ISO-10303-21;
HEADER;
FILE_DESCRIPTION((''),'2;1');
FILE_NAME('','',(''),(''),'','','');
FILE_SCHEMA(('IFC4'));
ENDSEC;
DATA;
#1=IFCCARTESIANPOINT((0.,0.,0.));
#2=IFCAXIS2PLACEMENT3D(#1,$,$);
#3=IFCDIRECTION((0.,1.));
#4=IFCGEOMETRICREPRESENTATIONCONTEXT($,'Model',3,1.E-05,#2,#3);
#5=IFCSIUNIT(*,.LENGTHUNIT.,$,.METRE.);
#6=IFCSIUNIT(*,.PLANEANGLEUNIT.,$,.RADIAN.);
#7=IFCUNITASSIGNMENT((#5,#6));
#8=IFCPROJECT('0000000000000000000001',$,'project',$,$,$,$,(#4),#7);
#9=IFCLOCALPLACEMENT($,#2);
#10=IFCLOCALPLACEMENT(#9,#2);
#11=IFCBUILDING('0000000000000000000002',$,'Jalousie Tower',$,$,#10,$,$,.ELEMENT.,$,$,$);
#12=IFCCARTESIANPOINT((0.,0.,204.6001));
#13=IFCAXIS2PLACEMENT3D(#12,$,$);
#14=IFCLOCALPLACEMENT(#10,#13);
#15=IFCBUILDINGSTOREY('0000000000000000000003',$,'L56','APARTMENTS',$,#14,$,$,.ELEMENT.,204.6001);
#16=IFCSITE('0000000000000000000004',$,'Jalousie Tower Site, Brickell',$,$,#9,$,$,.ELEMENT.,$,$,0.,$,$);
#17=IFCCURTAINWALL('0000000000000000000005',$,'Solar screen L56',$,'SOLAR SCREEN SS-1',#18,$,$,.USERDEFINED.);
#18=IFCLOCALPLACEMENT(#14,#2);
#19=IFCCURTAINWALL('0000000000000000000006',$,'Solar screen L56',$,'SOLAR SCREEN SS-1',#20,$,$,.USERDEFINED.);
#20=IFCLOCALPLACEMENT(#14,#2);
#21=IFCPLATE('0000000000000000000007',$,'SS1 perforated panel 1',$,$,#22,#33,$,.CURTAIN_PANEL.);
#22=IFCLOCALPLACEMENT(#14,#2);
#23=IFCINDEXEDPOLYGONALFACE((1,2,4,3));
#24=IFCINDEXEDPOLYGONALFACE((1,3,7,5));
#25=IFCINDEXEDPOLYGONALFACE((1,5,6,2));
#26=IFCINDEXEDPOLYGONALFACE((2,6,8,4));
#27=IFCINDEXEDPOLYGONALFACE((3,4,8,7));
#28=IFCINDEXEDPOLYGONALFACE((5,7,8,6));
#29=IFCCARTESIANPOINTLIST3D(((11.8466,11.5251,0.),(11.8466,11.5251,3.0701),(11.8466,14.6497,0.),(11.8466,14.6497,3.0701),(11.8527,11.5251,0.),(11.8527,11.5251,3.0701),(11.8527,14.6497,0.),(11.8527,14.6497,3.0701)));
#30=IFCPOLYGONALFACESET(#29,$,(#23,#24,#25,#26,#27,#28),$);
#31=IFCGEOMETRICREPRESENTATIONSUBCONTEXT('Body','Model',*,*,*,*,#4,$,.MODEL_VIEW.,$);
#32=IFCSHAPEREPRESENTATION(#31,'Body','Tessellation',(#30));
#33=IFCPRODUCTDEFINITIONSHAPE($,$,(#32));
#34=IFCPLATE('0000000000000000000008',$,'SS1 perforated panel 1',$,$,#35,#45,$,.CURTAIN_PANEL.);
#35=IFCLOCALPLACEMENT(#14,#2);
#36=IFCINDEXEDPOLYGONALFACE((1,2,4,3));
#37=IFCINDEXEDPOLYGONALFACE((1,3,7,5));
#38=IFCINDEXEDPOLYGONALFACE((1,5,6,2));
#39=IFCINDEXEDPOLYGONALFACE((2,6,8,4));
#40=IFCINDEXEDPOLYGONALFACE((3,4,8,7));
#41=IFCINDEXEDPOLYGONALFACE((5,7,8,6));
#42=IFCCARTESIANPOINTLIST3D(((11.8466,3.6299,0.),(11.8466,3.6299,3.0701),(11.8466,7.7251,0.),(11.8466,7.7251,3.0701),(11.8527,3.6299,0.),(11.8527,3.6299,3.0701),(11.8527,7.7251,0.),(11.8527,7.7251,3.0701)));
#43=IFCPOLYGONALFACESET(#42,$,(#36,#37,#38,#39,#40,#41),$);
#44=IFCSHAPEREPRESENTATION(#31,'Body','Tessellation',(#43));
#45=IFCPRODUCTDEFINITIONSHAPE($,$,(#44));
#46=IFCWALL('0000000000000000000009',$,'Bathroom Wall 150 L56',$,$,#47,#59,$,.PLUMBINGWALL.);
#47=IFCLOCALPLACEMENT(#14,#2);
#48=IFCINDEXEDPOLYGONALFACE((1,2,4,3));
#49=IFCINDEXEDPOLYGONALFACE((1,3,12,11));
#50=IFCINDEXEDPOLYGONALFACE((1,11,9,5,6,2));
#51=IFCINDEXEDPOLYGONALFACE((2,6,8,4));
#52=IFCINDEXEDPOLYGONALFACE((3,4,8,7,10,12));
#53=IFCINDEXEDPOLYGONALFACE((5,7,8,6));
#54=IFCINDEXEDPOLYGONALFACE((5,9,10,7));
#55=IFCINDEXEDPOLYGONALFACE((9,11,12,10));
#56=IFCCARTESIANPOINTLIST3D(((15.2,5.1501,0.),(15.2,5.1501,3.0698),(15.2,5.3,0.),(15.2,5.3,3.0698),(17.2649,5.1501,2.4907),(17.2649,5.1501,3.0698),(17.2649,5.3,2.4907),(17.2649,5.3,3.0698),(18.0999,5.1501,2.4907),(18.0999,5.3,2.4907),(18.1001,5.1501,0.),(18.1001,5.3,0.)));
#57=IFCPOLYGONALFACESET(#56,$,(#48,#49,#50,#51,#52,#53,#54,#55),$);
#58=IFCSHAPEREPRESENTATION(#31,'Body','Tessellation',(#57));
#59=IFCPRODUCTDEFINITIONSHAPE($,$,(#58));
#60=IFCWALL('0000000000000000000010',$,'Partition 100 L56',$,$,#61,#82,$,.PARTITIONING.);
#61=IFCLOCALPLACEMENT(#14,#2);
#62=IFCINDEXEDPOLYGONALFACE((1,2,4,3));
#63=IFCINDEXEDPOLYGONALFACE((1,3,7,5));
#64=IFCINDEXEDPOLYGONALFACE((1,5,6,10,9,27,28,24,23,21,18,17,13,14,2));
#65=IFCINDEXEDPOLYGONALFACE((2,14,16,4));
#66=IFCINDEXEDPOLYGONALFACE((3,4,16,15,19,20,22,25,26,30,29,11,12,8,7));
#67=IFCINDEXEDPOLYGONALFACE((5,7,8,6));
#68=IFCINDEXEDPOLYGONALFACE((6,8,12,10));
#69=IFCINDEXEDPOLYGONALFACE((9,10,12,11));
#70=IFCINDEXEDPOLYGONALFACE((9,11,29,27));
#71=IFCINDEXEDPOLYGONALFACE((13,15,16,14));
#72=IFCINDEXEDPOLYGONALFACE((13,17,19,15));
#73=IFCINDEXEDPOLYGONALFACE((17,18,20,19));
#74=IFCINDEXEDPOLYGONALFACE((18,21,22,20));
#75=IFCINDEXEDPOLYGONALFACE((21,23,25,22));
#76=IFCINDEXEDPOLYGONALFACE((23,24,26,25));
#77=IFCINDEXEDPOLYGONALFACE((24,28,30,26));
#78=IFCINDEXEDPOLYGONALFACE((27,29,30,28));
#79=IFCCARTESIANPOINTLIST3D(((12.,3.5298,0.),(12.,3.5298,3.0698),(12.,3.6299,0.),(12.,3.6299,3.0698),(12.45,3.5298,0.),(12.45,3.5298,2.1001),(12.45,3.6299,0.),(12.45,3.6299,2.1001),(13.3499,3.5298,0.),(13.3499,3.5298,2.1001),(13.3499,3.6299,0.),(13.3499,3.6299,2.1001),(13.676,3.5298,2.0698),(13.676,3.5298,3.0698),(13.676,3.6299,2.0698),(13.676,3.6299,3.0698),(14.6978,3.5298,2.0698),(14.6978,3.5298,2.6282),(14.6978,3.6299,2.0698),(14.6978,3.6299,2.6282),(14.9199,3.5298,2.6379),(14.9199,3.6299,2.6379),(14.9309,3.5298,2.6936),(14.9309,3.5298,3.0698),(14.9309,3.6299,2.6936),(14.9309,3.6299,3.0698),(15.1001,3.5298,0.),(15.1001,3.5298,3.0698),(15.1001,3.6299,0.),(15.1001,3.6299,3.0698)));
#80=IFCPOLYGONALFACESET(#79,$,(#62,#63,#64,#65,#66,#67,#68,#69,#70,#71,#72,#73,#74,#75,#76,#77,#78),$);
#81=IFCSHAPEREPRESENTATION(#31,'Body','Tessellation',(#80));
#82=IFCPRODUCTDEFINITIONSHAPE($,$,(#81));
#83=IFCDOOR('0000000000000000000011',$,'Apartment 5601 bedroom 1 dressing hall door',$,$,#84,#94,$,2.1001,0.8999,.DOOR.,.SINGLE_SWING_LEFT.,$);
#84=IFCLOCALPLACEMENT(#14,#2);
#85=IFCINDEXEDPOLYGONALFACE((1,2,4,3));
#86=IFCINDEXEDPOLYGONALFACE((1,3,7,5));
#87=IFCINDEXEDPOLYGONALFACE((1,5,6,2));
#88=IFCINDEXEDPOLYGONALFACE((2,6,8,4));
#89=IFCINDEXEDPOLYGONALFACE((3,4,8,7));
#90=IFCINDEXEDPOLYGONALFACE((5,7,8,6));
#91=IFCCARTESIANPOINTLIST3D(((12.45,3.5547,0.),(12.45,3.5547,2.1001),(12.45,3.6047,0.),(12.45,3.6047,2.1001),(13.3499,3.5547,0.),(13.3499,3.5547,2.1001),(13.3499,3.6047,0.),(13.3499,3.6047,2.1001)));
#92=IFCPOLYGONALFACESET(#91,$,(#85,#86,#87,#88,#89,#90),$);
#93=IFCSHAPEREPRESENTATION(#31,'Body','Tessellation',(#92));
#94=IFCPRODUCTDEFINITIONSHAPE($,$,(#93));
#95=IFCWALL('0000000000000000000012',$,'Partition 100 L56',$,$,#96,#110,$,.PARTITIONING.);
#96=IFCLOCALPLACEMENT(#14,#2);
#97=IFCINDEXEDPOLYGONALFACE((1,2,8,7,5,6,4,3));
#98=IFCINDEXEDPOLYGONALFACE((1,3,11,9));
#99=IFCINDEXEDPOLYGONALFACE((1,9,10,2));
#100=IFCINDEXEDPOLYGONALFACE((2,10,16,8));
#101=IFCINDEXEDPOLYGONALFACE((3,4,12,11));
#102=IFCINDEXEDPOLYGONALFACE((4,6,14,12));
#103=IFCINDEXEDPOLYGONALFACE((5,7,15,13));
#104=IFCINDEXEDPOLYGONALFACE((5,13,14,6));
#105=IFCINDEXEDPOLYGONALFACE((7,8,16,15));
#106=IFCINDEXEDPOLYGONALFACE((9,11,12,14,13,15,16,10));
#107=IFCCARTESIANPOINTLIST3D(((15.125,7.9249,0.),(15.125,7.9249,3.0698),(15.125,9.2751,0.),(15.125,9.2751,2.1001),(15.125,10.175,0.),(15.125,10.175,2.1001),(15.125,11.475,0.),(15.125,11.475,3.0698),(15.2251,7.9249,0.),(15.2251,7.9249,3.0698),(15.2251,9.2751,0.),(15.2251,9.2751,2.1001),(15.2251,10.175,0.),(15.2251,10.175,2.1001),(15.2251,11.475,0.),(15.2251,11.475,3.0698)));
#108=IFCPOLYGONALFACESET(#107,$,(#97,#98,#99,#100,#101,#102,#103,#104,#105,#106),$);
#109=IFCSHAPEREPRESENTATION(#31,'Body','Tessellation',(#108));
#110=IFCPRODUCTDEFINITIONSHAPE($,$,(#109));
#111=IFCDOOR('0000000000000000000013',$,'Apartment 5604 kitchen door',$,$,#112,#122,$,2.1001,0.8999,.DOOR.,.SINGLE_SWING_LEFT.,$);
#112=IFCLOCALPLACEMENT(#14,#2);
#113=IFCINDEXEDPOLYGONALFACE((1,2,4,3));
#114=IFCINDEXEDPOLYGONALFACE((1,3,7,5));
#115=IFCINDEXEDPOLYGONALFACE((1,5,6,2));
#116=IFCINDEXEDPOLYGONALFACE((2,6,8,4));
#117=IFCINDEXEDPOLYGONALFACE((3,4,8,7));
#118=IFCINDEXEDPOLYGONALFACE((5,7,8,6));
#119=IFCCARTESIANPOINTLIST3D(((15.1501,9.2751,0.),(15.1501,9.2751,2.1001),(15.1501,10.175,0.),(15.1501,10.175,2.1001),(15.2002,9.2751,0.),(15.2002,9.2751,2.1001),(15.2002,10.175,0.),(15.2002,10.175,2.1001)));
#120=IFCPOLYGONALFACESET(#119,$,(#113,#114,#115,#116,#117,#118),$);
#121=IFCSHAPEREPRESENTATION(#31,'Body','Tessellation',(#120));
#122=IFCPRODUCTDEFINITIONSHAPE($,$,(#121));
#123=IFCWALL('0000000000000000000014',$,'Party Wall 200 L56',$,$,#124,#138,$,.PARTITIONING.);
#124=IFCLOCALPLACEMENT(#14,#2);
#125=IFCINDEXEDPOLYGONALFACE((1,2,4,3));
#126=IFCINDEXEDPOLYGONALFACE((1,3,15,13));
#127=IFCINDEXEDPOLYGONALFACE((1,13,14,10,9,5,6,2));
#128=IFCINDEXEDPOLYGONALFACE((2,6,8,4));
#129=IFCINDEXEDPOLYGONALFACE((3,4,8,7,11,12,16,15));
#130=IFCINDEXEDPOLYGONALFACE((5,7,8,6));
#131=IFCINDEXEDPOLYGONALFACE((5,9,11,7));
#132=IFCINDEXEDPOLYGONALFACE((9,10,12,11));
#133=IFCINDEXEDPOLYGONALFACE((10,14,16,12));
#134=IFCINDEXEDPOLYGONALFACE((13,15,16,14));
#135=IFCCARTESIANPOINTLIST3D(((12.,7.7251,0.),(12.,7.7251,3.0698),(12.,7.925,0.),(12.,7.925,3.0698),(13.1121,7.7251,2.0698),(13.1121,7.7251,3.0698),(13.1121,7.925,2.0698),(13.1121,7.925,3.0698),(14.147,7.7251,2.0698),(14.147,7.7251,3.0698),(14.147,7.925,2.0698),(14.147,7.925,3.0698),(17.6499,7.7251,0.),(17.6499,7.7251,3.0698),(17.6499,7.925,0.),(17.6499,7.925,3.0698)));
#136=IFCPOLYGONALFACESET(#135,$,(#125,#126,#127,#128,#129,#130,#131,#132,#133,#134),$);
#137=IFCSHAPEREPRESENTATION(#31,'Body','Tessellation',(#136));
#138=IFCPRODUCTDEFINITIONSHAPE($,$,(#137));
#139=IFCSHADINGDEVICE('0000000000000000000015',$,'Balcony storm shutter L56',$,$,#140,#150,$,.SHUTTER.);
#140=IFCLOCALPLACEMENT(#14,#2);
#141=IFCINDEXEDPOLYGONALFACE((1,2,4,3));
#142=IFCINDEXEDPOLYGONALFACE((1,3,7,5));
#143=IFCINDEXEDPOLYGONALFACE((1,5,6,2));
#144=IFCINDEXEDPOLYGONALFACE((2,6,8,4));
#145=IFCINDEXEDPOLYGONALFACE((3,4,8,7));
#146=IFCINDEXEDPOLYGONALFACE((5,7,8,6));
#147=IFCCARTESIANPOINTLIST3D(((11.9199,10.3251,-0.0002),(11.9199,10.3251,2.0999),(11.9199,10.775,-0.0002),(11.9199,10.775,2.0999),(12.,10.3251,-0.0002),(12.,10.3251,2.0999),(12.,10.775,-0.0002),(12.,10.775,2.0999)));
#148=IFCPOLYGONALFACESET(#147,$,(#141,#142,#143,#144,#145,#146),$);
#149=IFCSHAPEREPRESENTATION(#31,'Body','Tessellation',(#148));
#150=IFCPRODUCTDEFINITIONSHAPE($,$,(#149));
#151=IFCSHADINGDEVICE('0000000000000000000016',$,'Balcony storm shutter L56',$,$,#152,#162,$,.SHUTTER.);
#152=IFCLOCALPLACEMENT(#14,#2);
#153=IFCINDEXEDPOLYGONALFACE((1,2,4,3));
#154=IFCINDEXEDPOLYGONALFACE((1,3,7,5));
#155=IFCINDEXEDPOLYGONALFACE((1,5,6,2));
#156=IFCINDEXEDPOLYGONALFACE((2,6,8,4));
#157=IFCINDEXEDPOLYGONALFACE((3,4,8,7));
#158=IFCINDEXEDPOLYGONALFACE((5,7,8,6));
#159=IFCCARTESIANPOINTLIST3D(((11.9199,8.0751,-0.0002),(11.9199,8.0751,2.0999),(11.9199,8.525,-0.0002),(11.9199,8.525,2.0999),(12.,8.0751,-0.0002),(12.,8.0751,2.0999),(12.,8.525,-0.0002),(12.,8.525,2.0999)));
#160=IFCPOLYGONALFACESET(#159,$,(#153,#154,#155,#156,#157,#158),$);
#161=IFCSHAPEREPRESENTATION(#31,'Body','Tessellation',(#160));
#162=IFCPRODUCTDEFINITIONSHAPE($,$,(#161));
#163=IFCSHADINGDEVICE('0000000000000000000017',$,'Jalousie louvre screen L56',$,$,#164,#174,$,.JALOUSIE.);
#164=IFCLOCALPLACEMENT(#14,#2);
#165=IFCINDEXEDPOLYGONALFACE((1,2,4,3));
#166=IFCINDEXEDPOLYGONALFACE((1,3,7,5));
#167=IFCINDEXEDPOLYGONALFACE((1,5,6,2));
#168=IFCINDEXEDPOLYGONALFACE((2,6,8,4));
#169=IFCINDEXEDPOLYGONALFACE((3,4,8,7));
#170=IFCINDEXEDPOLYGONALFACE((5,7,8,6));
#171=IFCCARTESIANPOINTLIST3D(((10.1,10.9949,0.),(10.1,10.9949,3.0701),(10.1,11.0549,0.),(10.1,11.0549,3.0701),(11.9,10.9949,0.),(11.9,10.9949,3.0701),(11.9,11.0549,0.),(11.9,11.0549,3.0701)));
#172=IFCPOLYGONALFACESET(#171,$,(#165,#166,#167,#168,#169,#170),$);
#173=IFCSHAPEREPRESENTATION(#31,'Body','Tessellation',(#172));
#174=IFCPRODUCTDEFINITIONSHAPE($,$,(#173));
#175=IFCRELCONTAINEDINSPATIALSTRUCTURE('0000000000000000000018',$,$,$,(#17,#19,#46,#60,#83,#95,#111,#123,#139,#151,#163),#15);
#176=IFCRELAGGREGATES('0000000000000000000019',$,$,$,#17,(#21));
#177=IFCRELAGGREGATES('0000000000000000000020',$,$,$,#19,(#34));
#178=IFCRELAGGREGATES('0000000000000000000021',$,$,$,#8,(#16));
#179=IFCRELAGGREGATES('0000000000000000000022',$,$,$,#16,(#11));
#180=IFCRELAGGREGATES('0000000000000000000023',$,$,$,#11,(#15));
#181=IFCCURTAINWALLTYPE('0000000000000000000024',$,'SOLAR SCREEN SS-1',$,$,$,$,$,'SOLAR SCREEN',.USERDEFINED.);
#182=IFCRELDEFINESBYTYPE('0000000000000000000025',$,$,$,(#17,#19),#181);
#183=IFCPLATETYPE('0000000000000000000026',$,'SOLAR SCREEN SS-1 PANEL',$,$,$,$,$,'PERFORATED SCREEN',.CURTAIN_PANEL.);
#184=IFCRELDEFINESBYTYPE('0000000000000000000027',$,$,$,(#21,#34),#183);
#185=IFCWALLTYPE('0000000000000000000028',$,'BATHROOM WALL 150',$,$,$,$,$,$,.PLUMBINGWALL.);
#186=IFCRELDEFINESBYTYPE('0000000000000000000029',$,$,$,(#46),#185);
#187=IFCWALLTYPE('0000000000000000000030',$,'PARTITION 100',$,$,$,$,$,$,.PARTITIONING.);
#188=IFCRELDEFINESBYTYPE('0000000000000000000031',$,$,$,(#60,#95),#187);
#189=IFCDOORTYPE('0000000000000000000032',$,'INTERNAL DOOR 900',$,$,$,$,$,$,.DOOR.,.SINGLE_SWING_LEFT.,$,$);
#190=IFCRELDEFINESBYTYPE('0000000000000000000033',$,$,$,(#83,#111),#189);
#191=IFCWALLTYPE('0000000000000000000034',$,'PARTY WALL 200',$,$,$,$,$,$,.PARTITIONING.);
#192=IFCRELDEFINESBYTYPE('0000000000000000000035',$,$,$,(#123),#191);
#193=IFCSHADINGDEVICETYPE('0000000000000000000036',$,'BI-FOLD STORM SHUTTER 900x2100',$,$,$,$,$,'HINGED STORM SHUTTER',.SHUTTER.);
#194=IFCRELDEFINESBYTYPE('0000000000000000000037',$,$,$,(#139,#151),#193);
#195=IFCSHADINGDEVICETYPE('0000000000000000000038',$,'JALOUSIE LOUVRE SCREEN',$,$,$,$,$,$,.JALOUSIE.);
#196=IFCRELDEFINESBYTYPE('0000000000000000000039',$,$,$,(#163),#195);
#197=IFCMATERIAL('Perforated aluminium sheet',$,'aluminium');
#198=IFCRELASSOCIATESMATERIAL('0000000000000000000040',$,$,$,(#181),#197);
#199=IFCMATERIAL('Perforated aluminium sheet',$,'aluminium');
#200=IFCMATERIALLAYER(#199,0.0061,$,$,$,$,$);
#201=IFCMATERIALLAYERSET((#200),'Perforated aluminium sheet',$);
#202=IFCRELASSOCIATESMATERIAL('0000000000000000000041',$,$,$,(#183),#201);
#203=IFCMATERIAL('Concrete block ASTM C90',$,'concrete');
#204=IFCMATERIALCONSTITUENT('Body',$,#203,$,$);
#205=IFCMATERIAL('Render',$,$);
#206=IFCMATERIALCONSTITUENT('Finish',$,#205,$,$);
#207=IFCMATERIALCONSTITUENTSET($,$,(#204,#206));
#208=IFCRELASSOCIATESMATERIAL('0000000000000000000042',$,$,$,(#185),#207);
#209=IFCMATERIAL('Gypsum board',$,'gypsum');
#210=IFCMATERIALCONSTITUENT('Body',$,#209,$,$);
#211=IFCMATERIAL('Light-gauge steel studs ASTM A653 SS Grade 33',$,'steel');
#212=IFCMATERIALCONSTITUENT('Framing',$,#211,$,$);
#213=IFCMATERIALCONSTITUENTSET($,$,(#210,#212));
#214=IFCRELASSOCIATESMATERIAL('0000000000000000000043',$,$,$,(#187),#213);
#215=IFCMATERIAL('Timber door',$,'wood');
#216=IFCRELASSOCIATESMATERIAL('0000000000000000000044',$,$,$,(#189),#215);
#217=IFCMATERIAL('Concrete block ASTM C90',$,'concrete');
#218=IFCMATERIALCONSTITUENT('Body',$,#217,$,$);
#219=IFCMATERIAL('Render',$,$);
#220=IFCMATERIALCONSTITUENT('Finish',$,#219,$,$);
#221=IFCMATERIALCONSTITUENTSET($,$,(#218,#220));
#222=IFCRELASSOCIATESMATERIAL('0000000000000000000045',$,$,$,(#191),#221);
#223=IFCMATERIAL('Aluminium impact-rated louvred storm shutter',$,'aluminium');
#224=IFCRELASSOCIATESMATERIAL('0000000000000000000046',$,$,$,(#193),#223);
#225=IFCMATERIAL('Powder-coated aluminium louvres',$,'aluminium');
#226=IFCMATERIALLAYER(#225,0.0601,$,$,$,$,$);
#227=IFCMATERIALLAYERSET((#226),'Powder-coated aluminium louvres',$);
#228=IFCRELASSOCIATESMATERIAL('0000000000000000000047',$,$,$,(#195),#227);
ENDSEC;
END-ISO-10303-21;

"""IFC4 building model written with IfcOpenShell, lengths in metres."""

from ifc_helpers import new_model, si_unit, direction, frame, frame_2d, origin, origin_2d, place, context, subcontext, project, spatial, polyline, rectangle, outline, extrude, material, layer, layer_set, constituent, constituent_set, type_object, element, fill, aggregate, save


model = new_model("IFC4")

# Units and contexts
model_context = context("Model", 3, precision=1e-05, world=origin(), true_north=direction((0.0, 1.0)))
body_context = subcontext(model_context, "Body", "Model", "MODEL_VIEW")
ifc_project = project(units=[si_unit("LENGTHUNIT", "METRE"), si_unit("PLANEANGLEUNIT", "RADIAN")], contexts=[model_context])

# Site, building, storey
site_placement = place(None, origin())
site = spatial("IfcSite", under=ifc_project, at=site_placement, Name="Jalousie Tower Site, Brickell", CompositionType="ELEMENT", RefElevation=0.0)
building_placement = place(site_placement, origin())
building = spatial("IfcBuilding", under=site, at=building_placement, Name="Jalousie Tower", CompositionType="ELEMENT")
storey_placement = place(building_placement, frame((0.0, 0.0, 204.6001)))
storey = spatial("IfcBuildingStorey", under=building, at=storey_placement, Name="L56", Description="APARTMENTS", CompositionType="ELEMENT", Elevation=204.6001)

# Curtain walls
ifc_material_1 = material(Name="Perforated aluminium sheet", Category="aluminium")
curtain_wall_type = type_object("IfcCurtainWallType", Name="SOLAR SCREEN SS-1", ElementType="SOLAR SCREEN", PredefinedType="USERDEFINED", material=ifc_material_1)
curtain_wall_1_placement = place(storey_placement, origin())
curtain_wall_1 = element("IfcCurtainWall", 1, at=curtain_wall_1_placement, inside=storey, type_object=curtain_wall_type, Name="Solar screen L56", ObjectType="SOLAR SCREEN SS-1", PredefinedType="USERDEFINED")
curtain_wall_2_placement = place(storey_placement, origin())
curtain_wall_2 = element("IfcCurtainWall", 2, at=curtain_wall_2_placement, inside=storey, type_object=curtain_wall_type, Name="Solar screen L56", ObjectType="SOLAR SCREEN SS-1", PredefinedType="USERDEFINED")

# Plates
ifc_material_2 = material(Name="Perforated aluminium sheet", Category="aluminium")
ifc_layer_1 = layer(ifc_material_2, 0.0061)
ifc_layer_set_1 = layer_set([ifc_layer_1], Name="Perforated aluminium sheet")
plate_type = type_object("IfcPlateType", Name="SOLAR SCREEN SS-1 PANEL", ElementType="PERFORATED SCREEN", PredefinedType="CURTAIN_PANEL", material=ifc_layer_set_1)
plate_1_placement = place(storey_placement, frame((11.8496, 13.0874, 0.0), z_axis=(0.0, 0.0, 1.0), x_axis=(0.0, -1.0, 0.0)))
plate_1 = element("IfcPlate", 3, at=plate_1_placement, type_object=plate_type, Name="SS1 perforated panel 1", PredefinedType="CURTAIN_PANEL", context=body_context, shape_type="SweptSolid", body=[
    extrude(rectangle(XDim=3.1245, YDim=0.0061, at=origin_2d()), origin(), (0.0, 0.0, 1.0), 3.0701),
])
aggregate(curtain_wall_1, [plate_1])
plate_2_placement = place(storey_placement, frame((11.8496, 5.6775, 0.0), z_axis=(0.0, 0.0, 1.0), x_axis=(0.0, -1.0, 0.0)))
plate_2 = element("IfcPlate", 4, at=plate_2_placement, type_object=plate_type, Name="SS1 perforated panel 1", PredefinedType="CURTAIN_PANEL", context=body_context, shape_type="SweptSolid", body=[
    extrude(rectangle(XDim=4.0952, YDim=0.0061, at=origin_2d()), origin(), (0.0, 0.0, 1.0), 3.0701),
])
aggregate(curtain_wall_2, [plate_2])

# Wall
ifc_material_3 = material(Name="Concrete block ASTM C90", Category="concrete")
ifc_constituent_1 = constituent(ifc_material_3, Name="Body")
ifc_material_4 = material(Name="Render")
ifc_constituent_2 = constituent(ifc_material_4, Name="Finish")
ifc_constituent_set_1 = constituent_set(constituents=[ifc_constituent_1, ifc_constituent_2])
wall_type_1 = type_object("IfcWallType", Name="BATHROOM WALL 150", PredefinedType="PLUMBINGWALL", material=ifc_constituent_set_1)
wall_1_placement = place(storey_placement, frame((15.2, 5.2251, 0.0), z_axis=(0.0, 0.0, 1.0), x_axis=(1.0, 0.0, 0.0)))
element("IfcWall", 5, at=wall_1_placement, inside=storey, type_object=wall_type_1, Name="Bathroom Wall 150 L56", PredefinedType="PLUMBINGWALL", context=body_context, shape_type="SweptSolid", body=[
    extrude(outline(polyline([(0.0, 0.0), (2.9001, 0.0), (2.8999, 2.4907), (2.0649, 2.4907), (2.0649, 3.0698), (0.0, 3.0698), (0.0, 0.0)])), frame((0.0, 0.075, 0.0), z_axis=(0.0, -1.0, 0.0), x_axis=(1.0, 0.0, 0.0)), (0.0, 0.0, 1.0), 0.1499),
])

# Walls, openings, doors
ifc_material_5 = material(Name="Gypsum board", Category="gypsum")
ifc_constituent_3 = constituent(ifc_material_5, Name="Body")
ifc_material_6 = material(Name="Light-gauge steel studs ASTM A653 SS Grade 33", Category="steel")
ifc_constituent_4 = constituent(ifc_material_6, Name="Framing")
ifc_constituent_set_2 = constituent_set(constituents=[ifc_constituent_3, ifc_constituent_4])
wall_type_2 = type_object("IfcWallType", Name="PARTITION 100", PredefinedType="PARTITIONING", material=ifc_constituent_set_2)
wall_2_placement = place(storey_placement, frame((12.0, 3.5798, 0.0), z_axis=(0.0, 0.0, 1.0), x_axis=(1.0, 0.0, 0.0)))
wall_2 = element("IfcWall", 6, at=wall_2_placement, inside=storey, type_object=wall_type_2, Name="Partition 100 L56", PredefinedType="PARTITIONING", context=body_context, shape_type="SweptSolid", body=[
    extrude(outline(polyline([(0.0, 0.0), (3.1001, 0.0), (3.1001, 3.0698), (2.9309, 3.0698), (2.9309, 2.6936), (2.9199, 2.6379), (2.6978, 2.6282), (2.6978, 2.0698), (1.676, 2.0698), (1.676, 3.0698), (0.0, 3.0698), (0.0, 0.0)])), frame((0.0, 0.05, 0.0), z_axis=(0.0, -1.0, 0.0), x_axis=(1.0, 0.0, 0.0)), (0.0, 0.0, 1.0), 0.1001),
])
opening_1_placement = place(wall_2_placement, frame((0.45, 0.0, 0.0)))
opening_1 = element("IfcOpeningElement", 7, at=opening_1_placement, cuts=wall_2, PredefinedType="OPENING", context=body_context, shape_type="SweptSolid", body=[
    extrude(rectangle(XDim=0.8999, YDim=2.1001, at=frame_2d((0.45, 1.05))), frame((0.0, 0.0601, 0.0), z_axis=(0.0, -1.0, 0.0), x_axis=(1.0, 0.0, 0.0)), (0.0, 0.0, 1.0), 0.1201),
])
ifc_material_7 = material(Name="Timber door", Category="wood")
door_type = type_object("IfcDoorType", Name="INTERNAL DOOR 900", OperationType="SINGLE_SWING_LEFT", PredefinedType="DOOR", material=ifc_material_7)
door_1_placement = place(opening_1_placement, origin())
door_1 = element("IfcDoor", 8, at=door_1_placement, inside=storey, type_object=door_type, Name="Apartment 5601 bedroom 1 dressing hall door", OperationType="SINGLE_SWING_LEFT", OverallHeight=2.1001, OverallWidth=0.8999, PredefinedType="DOOR", context=body_context, shape_type="SweptSolid", body=[
    extrude(rectangle(XDim=0.8999, YDim=2.1001, at=frame_2d((0.45, 1.05))), frame((0.0, 0.0249, 0.0), z_axis=(0.0, -1.0, 0.0), x_axis=(1.0, 0.0, 0.0)), (0.0, 0.0, 1.0), 0.05),
])
fill(opening_1, door_1)
wall_3_placement = place(storey_placement, frame((15.175, 7.925, 0.0), z_axis=(0.0, 0.0, 1.0), x_axis=(0.0, 1.0, 0.0)))
wall_3 = element("IfcWall", 9, at=wall_3_placement, inside=storey, type_object=wall_type_2, Name="Partition 100 L56", PredefinedType="PARTITIONING", context=body_context, shape_type="SweptSolid", body=[
    extrude(rectangle(XDim=3.55, YDim=0.1001, at=frame_2d((1.7749, 0.0))), origin(), (0.0, 0.0, 1.0), 3.0698),
])
opening_2_placement = place(wall_3_placement, frame((1.3501, 0.0, 0.0)))
opening_2 = element("IfcOpeningElement", 10, at=opening_2_placement, cuts=wall_3, PredefinedType="OPENING", context=body_context, shape_type="SweptSolid", body=[
    extrude(rectangle(XDim=0.8999, YDim=2.1001, at=frame_2d((0.45, 1.05))), frame((0.0, 0.0601, 0.0), z_axis=(0.0, -1.0, 0.0), x_axis=(1.0, 0.0, 0.0)), (0.0, 0.0, 1.0), 0.1201),
])
door_2_placement = place(opening_2_placement, origin())
door_2 = element("IfcDoor", 11, at=door_2_placement, inside=storey, type_object=door_type, Name="Apartment 5604 kitchen door", OperationType="SINGLE_SWING_LEFT", OverallHeight=2.1001, OverallWidth=0.8999, PredefinedType="DOOR", context=body_context, shape_type="SweptSolid", body=[
    extrude(rectangle(XDim=0.8999, YDim=2.1001, at=frame_2d((0.45, 1.05))), frame((0.0, 0.0249, 0.0), z_axis=(0.0, -1.0, 0.0), x_axis=(1.0, 0.0, 0.0)), (0.0, 0.0, 1.0), 0.05),
])
fill(opening_2, door_2)

# Wall
ifc_material_8 = material(Name="Concrete block ASTM C90", Category="concrete")
ifc_constituent_5 = constituent(ifc_material_8, Name="Body")
ifc_material_9 = material(Name="Render")
ifc_constituent_6 = constituent(ifc_material_9, Name="Finish")
ifc_constituent_set_3 = constituent_set(constituents=[ifc_constituent_5, ifc_constituent_6])
wall_type_3 = type_object("IfcWallType", Name="PARTY WALL 200", PredefinedType="PARTITIONING", material=ifc_constituent_set_3)
wall_4_placement = place(storey_placement, frame((12.0, 7.825, 0.0), z_axis=(0.0, 0.0, 1.0), x_axis=(1.0, 0.0, 0.0)))
element("IfcWall", 12, at=wall_4_placement, inside=storey, type_object=wall_type_3, Name="Party Wall 200 L56", PredefinedType="PARTITIONING", context=body_context, shape_type="SweptSolid", body=[
    extrude(outline(polyline([(0.0, 0.0), (5.6499, 0.0), (5.6499, 3.0698), (2.147, 3.0698), (2.147, 2.0698), (1.1121, 2.0698), (1.1121, 3.0698), (0.0, 3.0698), (0.0, 0.0)])), frame((0.0, 0.1001, 0.0), z_axis=(0.0, -1.0, 0.0), x_axis=(1.0, 0.0, 0.0)), (0.0, 0.0, 1.0), 0.2),
])

# Shading devices
ifc_material_10 = material(Name="Aluminium impact-rated louvred storm shutter", Category="aluminium")
shading_device_type_1 = type_object("IfcShadingDeviceType", Name="BI-FOLD STORM SHUTTER 900x2100", ElementType="HINGED STORM SHUTTER", PredefinedType="SHUTTER", material=ifc_material_10)
for number, where, z_axis, x_axis, name in (
    (13, (11.96, 10.55, -0.0002), (0.0, 0.0, 1.0), (0.0, -1.0, 0.0), "Balcony storm shutter L56"),
    (14, (11.96, 8.3, -0.0002), (0.0, 0.0, 1.0), (0.0, -1.0, 0.0), "Balcony storm shutter L56"),
):
    element("IfcShadingDevice", number, at=place(storey_placement, frame(where, z_axis=z_axis, x_axis=x_axis)), inside=storey, type_object=shading_device_type_1, Name=name, PredefinedType="SHUTTER", context=body_context, shape_type="SweptSolid", body=[
        extrude(rectangle(XDim=0.45, YDim=0.0801, at=origin_2d()), origin(), (0.0, 0.0, 1.0), 2.1001),
    ])

# Shading device
ifc_material_11 = material(Name="Powder-coated aluminium louvres", Category="aluminium")
ifc_layer_2 = layer(ifc_material_11, 0.0601)
ifc_layer_set_2 = layer_set([ifc_layer_2], Name="Powder-coated aluminium louvres")
shading_device_type_2 = type_object("IfcShadingDeviceType", Name="JALOUSIE LOUVRE SCREEN", PredefinedType="JALOUSIE", material=ifc_layer_set_2)
for number, where, z_axis, x_axis, name in (
    (15, (11.0, 11.0249, 0.0), (0.0, 0.0, 1.0), (0.0, -1.0, 0.0), "Jalousie louvre screen L56"),
):
    element("IfcShadingDevice", number, at=place(storey_placement, frame(where, z_axis=z_axis, x_axis=x_axis)), inside=storey, type_object=shading_device_type_2, Name=name, PredefinedType="JALOUSIE", context=body_context, shape_type="SweptSolid", body=[
        extrude(rectangle(XDim=0.0601, YDim=1.8, at=origin_2d()), origin(), (0.0, 0.0, 1.0), 3.0701),
    ])

save(model, "model.ifc")
